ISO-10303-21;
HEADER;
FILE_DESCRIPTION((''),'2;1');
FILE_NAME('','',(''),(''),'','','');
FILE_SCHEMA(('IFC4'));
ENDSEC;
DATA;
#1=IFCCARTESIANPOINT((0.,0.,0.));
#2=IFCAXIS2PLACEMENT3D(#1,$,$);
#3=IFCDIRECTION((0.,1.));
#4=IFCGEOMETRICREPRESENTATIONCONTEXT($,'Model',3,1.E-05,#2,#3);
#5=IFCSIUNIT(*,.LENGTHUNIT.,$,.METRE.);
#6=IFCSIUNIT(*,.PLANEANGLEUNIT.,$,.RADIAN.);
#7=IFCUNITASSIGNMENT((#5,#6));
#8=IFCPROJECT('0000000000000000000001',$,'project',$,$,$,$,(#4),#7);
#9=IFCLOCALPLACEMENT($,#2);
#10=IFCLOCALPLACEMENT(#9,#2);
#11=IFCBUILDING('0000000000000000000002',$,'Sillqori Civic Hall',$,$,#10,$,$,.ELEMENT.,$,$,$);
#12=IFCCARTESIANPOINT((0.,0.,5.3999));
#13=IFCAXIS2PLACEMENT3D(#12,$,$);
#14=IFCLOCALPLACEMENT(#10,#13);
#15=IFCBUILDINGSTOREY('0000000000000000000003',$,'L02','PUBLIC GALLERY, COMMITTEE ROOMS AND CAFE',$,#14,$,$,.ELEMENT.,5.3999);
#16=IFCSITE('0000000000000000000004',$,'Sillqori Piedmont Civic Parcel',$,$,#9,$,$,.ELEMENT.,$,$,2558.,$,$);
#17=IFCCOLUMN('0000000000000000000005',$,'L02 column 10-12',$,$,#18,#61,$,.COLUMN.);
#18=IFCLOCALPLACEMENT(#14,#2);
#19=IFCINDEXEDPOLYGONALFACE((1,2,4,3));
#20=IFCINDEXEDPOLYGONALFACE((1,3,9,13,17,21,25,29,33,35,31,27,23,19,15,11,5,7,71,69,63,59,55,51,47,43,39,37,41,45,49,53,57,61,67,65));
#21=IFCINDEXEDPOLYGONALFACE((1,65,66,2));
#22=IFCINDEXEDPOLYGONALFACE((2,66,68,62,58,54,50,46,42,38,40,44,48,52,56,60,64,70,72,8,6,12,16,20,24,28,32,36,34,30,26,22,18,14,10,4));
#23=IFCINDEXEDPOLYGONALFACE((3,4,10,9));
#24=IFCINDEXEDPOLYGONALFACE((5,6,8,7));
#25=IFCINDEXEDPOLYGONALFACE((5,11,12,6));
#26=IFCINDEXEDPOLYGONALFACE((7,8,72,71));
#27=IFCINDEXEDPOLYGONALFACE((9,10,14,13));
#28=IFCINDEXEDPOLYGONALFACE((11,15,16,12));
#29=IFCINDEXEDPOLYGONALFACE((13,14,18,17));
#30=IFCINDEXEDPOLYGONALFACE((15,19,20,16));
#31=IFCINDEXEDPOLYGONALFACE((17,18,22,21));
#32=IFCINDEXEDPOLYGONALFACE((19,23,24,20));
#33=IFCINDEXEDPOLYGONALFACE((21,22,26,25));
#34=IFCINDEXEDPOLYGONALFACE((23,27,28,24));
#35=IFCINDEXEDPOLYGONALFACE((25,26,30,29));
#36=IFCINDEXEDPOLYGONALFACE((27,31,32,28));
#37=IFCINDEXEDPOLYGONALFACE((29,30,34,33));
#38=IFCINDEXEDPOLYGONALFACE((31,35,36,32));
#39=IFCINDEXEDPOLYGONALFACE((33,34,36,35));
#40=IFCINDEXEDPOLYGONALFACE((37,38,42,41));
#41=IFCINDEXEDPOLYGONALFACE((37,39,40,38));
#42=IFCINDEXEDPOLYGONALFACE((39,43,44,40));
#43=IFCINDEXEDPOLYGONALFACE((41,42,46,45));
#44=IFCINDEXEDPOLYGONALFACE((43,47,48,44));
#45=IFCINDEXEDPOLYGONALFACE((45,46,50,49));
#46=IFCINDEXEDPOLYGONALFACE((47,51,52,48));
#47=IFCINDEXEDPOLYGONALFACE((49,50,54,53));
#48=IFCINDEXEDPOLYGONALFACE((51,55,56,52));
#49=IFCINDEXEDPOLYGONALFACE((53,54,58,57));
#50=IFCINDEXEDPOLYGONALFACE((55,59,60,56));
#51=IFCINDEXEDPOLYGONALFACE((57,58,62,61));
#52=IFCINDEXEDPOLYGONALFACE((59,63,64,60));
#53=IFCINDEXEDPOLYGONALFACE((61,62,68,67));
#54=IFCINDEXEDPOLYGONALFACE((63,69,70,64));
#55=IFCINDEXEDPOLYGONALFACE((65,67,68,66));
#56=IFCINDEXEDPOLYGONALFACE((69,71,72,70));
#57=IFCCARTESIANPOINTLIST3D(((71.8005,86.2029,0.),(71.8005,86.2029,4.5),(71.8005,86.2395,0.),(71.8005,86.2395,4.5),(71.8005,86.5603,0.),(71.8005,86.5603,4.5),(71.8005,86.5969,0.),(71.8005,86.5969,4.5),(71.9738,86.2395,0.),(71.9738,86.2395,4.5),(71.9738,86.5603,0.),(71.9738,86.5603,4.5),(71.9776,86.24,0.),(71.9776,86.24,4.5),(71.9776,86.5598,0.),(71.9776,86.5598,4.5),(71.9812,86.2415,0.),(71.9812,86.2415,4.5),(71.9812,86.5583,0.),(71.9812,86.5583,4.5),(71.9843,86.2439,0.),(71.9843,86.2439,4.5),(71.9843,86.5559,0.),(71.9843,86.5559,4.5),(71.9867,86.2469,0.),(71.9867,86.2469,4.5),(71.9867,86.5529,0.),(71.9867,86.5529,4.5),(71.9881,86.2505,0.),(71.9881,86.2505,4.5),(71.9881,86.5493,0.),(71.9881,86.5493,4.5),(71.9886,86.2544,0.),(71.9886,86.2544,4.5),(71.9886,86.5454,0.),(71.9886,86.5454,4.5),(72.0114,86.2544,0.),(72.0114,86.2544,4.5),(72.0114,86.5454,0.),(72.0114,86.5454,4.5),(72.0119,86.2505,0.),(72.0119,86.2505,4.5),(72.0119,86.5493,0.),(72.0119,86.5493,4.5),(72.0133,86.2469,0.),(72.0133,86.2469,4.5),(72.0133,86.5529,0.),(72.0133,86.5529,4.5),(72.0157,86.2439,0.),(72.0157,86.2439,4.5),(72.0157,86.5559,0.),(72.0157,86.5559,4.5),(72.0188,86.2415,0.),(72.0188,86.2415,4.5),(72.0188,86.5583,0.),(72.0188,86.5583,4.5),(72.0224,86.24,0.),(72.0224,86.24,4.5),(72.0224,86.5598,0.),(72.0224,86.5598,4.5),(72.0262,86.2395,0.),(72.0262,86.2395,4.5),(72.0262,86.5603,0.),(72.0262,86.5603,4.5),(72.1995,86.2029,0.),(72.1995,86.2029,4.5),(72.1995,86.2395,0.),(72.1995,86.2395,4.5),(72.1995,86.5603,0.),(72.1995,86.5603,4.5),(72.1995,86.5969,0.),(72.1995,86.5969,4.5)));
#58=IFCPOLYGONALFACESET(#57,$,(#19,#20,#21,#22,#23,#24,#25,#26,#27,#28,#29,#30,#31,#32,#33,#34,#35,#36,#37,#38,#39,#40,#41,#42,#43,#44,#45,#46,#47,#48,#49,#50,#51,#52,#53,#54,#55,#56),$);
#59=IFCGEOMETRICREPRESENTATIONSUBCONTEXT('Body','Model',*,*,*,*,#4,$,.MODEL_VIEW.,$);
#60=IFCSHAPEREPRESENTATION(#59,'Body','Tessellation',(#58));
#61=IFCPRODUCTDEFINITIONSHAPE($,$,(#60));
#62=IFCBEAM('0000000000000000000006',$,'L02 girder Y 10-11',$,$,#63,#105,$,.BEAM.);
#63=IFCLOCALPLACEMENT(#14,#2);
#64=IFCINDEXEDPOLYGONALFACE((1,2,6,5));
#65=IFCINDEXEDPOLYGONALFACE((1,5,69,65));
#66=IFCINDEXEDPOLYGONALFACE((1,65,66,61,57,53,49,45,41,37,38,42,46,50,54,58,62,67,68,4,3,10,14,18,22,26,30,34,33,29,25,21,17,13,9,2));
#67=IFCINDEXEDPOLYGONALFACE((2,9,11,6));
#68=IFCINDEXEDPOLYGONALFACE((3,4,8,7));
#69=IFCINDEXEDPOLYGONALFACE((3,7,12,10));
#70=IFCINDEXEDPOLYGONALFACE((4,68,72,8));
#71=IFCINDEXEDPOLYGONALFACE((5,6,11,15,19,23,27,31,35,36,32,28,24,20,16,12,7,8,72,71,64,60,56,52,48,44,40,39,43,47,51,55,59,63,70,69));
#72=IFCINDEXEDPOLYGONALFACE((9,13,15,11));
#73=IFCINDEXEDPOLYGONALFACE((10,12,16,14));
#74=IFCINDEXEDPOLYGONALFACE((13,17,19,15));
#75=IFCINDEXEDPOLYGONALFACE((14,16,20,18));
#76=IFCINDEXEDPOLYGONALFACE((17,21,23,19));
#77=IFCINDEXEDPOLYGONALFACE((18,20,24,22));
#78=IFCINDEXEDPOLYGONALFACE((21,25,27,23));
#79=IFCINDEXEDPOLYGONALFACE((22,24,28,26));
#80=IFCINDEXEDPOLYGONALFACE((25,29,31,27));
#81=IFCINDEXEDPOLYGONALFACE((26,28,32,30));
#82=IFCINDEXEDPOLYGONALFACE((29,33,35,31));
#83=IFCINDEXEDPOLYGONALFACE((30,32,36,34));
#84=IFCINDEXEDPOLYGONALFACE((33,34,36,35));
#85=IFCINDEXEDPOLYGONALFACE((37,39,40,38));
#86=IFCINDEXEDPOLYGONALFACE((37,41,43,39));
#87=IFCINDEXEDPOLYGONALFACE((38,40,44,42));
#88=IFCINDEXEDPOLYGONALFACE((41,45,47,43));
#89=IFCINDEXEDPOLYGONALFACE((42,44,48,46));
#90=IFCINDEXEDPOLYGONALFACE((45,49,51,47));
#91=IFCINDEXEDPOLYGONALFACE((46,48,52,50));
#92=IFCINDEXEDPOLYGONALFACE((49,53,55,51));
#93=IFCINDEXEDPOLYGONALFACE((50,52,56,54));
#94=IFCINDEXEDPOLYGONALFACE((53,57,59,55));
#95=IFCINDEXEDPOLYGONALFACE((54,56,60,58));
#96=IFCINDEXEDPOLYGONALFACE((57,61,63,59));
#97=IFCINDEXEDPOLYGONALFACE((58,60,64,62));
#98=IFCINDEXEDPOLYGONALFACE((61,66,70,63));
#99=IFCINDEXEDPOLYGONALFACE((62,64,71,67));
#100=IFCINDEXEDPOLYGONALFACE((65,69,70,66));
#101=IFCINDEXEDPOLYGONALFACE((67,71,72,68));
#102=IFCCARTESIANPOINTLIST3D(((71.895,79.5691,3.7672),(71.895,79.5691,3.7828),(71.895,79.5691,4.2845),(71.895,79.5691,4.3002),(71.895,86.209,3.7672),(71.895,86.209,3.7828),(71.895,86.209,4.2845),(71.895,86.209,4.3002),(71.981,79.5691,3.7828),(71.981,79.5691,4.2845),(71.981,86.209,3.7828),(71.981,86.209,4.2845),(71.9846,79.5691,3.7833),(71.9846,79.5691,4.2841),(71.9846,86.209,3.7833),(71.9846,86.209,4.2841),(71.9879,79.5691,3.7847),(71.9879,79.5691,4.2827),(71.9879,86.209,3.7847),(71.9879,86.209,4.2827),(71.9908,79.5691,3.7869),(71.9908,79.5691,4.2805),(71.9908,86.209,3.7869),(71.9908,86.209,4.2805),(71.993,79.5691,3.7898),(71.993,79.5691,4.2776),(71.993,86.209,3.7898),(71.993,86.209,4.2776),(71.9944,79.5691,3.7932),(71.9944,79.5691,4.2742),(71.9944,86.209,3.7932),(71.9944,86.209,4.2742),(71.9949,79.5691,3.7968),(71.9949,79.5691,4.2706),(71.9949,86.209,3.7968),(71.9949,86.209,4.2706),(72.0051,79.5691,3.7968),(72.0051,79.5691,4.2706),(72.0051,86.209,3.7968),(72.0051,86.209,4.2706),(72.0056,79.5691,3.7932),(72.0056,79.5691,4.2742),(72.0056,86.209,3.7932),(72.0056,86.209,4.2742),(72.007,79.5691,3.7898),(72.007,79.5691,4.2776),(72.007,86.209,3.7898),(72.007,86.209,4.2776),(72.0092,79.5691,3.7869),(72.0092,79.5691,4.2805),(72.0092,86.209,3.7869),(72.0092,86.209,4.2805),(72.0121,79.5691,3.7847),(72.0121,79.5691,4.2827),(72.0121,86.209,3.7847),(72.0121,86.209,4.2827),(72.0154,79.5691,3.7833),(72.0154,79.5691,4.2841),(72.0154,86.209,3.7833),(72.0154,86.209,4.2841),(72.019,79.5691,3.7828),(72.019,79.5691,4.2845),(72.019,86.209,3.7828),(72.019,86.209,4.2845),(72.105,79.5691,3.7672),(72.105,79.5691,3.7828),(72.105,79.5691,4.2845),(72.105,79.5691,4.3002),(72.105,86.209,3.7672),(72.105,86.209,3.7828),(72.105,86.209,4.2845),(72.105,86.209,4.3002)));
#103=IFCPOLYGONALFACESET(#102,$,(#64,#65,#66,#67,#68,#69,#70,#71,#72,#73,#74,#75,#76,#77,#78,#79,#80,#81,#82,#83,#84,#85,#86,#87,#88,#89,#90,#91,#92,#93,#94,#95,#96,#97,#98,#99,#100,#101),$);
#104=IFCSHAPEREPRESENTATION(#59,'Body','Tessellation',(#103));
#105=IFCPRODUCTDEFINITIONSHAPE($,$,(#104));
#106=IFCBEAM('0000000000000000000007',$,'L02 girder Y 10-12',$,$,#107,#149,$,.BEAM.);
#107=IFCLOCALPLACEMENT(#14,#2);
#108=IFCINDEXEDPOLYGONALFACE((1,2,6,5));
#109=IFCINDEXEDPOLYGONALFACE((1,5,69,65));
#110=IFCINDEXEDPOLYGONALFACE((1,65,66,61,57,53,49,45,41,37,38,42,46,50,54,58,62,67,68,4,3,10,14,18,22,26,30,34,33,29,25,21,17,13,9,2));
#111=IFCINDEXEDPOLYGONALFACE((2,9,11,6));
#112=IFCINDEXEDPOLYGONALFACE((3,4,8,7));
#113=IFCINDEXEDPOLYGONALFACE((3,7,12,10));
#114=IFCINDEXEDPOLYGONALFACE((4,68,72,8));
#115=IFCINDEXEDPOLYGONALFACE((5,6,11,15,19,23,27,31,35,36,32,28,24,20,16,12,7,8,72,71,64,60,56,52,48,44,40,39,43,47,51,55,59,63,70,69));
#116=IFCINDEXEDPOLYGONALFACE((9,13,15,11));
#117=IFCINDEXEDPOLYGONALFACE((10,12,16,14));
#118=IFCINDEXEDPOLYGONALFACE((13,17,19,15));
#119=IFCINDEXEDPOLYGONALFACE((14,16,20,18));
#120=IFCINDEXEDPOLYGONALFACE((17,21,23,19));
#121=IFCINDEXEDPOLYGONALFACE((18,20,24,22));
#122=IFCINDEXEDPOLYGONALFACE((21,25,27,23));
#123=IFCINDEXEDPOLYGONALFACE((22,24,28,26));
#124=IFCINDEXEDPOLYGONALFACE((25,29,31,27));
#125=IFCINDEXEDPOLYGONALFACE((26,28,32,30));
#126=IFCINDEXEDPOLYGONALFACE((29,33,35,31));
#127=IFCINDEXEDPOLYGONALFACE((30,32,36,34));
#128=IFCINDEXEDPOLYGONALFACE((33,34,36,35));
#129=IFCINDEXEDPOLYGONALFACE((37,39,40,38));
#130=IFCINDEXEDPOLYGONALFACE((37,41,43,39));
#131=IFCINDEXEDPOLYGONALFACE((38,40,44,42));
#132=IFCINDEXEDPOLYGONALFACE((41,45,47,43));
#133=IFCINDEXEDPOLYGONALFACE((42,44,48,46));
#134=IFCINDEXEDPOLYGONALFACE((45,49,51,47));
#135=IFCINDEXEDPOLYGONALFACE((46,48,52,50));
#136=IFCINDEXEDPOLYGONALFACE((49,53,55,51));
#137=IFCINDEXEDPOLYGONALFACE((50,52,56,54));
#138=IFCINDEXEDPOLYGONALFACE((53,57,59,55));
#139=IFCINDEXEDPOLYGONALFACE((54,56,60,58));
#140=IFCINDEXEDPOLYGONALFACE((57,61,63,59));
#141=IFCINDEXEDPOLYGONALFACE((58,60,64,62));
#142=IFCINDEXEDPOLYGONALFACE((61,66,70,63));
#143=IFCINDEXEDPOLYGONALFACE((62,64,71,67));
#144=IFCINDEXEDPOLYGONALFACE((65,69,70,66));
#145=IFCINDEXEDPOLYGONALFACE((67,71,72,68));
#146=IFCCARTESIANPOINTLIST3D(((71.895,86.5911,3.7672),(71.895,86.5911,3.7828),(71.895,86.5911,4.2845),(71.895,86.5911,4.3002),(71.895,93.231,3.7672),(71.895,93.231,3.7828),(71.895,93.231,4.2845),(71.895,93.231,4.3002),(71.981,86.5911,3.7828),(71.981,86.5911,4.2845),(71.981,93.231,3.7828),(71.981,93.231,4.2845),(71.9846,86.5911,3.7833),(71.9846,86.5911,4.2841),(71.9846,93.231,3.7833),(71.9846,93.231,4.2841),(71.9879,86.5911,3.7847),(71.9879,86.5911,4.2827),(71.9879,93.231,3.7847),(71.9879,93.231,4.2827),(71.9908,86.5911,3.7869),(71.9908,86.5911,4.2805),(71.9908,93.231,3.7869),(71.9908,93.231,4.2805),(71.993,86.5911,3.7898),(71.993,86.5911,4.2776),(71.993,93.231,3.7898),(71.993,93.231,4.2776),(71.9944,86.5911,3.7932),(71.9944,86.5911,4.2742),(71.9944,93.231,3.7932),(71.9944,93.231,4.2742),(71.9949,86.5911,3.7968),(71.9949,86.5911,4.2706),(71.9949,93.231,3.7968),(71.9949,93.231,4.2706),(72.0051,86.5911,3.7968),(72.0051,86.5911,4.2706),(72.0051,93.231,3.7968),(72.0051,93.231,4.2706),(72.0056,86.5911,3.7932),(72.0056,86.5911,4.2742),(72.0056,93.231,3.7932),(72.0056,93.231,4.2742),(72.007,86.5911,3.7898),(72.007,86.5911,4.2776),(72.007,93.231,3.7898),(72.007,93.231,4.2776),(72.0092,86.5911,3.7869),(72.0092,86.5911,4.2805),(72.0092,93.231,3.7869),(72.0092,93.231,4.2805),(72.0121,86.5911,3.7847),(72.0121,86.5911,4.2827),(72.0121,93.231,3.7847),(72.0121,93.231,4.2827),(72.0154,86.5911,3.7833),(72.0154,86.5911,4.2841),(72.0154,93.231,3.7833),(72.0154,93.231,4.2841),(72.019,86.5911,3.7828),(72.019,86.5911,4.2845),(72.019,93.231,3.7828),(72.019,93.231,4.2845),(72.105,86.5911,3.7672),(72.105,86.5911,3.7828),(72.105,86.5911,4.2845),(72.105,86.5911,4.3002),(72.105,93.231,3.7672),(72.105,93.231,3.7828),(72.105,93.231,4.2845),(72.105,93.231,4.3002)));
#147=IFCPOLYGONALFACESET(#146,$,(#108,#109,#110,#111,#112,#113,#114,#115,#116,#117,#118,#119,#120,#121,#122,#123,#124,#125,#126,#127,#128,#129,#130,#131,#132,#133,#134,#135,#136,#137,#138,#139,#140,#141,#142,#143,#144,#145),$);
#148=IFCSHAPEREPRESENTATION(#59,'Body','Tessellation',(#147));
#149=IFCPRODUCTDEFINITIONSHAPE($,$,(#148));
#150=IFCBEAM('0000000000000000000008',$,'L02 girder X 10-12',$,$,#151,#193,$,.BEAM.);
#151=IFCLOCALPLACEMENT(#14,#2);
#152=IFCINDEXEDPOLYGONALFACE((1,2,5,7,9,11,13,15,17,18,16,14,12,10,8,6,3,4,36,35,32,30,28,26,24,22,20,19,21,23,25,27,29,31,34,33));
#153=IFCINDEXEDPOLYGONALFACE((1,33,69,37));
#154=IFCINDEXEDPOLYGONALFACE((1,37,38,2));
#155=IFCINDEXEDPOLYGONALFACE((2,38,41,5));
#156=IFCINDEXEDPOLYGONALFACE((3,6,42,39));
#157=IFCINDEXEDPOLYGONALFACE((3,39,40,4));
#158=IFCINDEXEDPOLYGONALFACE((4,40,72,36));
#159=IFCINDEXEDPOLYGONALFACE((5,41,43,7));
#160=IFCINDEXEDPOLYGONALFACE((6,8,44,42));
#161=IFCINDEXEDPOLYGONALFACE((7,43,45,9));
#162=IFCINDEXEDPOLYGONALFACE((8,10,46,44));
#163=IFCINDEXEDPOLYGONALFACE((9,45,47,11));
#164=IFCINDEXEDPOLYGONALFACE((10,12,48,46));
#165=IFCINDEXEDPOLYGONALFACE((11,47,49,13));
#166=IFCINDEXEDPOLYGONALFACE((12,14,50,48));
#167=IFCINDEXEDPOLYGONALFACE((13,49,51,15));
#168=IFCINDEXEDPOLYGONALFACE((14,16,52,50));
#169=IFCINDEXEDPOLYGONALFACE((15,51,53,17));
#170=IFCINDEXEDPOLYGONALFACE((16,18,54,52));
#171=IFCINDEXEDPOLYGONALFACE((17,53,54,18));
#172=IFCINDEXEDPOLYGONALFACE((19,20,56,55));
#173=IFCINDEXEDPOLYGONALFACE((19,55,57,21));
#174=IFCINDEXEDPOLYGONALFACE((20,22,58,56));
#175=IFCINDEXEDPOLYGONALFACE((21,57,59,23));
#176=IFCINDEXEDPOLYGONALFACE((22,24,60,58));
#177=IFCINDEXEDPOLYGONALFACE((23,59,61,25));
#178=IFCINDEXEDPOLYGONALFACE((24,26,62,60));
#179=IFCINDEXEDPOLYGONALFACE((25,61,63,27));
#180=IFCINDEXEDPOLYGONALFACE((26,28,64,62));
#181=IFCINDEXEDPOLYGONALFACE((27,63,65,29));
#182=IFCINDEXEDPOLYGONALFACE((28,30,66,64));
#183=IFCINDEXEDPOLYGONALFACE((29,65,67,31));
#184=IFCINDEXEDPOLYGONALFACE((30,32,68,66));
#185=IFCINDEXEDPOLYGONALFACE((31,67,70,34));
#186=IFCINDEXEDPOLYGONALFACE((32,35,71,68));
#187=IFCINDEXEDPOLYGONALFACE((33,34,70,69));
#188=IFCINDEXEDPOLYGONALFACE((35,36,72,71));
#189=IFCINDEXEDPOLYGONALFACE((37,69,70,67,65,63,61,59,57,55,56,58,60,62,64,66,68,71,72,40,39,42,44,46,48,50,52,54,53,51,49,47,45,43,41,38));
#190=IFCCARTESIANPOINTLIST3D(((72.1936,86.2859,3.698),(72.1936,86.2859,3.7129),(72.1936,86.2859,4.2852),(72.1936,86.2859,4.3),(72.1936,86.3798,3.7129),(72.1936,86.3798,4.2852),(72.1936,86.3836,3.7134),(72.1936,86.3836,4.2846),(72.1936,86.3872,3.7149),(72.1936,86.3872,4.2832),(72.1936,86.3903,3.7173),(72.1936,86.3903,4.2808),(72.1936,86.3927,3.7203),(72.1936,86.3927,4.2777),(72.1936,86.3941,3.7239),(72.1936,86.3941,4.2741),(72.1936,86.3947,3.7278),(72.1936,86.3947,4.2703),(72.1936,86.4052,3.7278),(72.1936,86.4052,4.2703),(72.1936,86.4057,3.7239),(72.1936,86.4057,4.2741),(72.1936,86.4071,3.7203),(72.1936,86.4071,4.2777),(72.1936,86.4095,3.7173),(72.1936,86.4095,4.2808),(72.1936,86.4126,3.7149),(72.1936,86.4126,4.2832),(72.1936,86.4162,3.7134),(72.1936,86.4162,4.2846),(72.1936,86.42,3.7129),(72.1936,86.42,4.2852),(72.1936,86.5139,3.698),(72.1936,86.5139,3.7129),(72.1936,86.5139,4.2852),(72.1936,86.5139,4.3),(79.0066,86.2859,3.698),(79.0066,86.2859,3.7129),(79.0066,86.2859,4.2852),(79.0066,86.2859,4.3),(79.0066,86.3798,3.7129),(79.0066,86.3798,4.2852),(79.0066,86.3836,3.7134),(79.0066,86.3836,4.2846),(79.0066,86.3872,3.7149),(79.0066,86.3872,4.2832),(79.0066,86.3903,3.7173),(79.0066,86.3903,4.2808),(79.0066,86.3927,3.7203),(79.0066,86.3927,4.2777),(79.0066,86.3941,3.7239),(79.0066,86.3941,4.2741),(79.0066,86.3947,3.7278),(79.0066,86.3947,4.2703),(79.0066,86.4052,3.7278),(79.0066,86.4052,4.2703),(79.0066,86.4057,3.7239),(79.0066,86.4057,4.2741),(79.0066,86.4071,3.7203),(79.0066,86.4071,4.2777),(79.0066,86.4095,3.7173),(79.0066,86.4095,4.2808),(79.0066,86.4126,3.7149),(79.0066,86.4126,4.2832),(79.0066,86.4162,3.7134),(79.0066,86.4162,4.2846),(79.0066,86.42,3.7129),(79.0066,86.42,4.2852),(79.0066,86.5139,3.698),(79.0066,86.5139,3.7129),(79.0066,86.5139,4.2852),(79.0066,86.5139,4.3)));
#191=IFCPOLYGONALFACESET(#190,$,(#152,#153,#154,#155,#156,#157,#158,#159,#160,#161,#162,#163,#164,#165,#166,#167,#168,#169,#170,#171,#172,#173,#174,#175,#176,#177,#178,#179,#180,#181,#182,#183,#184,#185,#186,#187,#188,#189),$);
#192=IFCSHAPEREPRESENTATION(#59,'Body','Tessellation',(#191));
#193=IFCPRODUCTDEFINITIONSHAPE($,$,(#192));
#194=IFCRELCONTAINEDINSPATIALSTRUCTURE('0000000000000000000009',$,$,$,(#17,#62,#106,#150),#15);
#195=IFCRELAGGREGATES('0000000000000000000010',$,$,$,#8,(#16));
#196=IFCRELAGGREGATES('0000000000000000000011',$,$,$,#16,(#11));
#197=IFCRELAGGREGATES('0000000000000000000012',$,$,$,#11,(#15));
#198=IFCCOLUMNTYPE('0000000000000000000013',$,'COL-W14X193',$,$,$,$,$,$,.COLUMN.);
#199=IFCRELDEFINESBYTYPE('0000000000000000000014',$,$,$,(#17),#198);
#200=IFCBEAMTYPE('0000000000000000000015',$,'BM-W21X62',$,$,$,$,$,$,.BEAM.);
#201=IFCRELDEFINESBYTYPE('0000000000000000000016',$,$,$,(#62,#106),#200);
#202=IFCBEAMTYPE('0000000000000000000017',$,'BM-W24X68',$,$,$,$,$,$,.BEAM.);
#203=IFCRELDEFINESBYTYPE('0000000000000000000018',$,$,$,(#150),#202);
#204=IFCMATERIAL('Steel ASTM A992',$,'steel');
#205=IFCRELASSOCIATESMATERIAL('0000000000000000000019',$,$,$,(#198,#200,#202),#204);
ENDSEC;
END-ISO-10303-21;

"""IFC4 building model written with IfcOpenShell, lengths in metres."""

from ifc_helpers import new_model, si_unit, direction, frame, origin, origin_2d, place, context, subcontext, project, spatial, i_section, extrude, material, material_profile, profile_set, type_object, element, save


model = new_model("IFC4")

# Units and contexts
model_context = context("Model", 3, precision=1e-05, world=origin(), true_north=direction((0.0, 1.0)))
body_context = subcontext(model_context, "Body", "Model", "MODEL_VIEW")
ifc_project = project(units=[si_unit("LENGTHUNIT", "METRE"), si_unit("PLANEANGLEUNIT", "RADIAN")], contexts=[model_context])

# Site, building, storey
site_placement = place(None, origin())
site = spatial("IfcSite", under=ifc_project, at=site_placement, Name="Sillqori Piedmont Civic Parcel", CompositionType="ELEMENT", RefElevation=2558.0)
building_placement = place(site_placement, origin())
building = spatial("IfcBuilding", under=site, at=building_placement, Name="Sillqori Civic Hall", CompositionType="ELEMENT")
storey_placement = place(building_placement, frame((0.0, 0.0, 5.3999)))
storey = spatial("IfcBuildingStorey", under=building, at=storey_placement, Name="L02", Description="PUBLIC GALLERY, COMMITTEE ROOMS AND CAFE", CompositionType="ELEMENT", Elevation=5.3999)

# Column
ifc_material_1 = material(Name="Steel ASTM A992", Category="steel")
ifc_material_profile_1 = material_profile(ifc_material_1, i_section(OverallWidth=0.3989, OverallDepth=0.394, WebThickness=0.0227, FlangeThickness=0.0366, FilletRadius=0.0149, at=origin_2d()), Name="W14X193")
ifc_profile_set_1 = profile_set([ifc_material_profile_1], Name="Steel ASTM A992")
column_type = type_object("IfcColumnType", Name="COL-W14X193", PredefinedType="COLUMN", material=ifc_profile_set_1)
column_placement = place(storey_placement, frame((72.0, 86.3999, 0.0), z_axis=(0.0, 0.0, 1.0), x_axis=(1.0, 0.0, 0.0)))
element("IfcColumn", 1, at=column_placement, inside=storey, type_object=column_type, Name="L02 column 10-12", PredefinedType="COLUMN", context=body_context, shape_type="SweptSolid", body=[
    extrude(i_section(OverallWidth=0.3989, OverallDepth=0.394, WebThickness=0.0227, FlangeThickness=0.0366, FilletRadius=0.0149, at=origin_2d()), origin(), (0.0, 0.0, 1.0), 4.5),
])

# Beams
ifc_material_profile_2 = material_profile(ifc_material_1, i_section(OverallWidth=0.21, OverallDepth=0.533, WebThickness=0.0103, FlangeThickness=0.0156, FilletRadius=0.0139, at=origin_2d()), Name="W21X62")
ifc_profile_set_2 = profile_set([ifc_material_profile_2], Name="Steel ASTM A992")
beam_type_1 = type_object("IfcBeamType", Name="BM-W21X62", PredefinedType="BEAM", material=ifc_profile_set_2)
for number, where, z_axis, x_axis, name in (
    (2, (72.0, 79.5691, 4.0337), (0.0, 1.0, 0.0), (-1.0, 0.0, 0.0), "L02 girder Y 10-11"),
    (3, (72.0, 86.5911, 4.0337), (0.0, 1.0, 0.0), (-1.0, 0.0, 0.0), "L02 girder Y 10-12"),
):
    element("IfcBeam", number, at=place(storey_placement, frame(where, z_axis=z_axis, x_axis=x_axis)), inside=storey, type_object=beam_type_1, Name=name, PredefinedType="BEAM", context=body_context, shape_type="SweptSolid", body=[
        extrude(i_section(OverallWidth=0.21, OverallDepth=0.533, WebThickness=0.0103, FlangeThickness=0.0156, FilletRadius=0.0139, at=origin_2d()), origin(), (0.0, 0.0, 1.0), 6.6399),
    ])
ifc_material_profile_3 = material_profile(ifc_material_1, i_section(OverallWidth=0.228, OverallDepth=0.6021, WebThickness=0.0105, FlangeThickness=0.0149, FilletRadius=0.0149, at=origin_2d()), Name="W24X68")
ifc_profile_set_3 = profile_set([ifc_material_profile_3], Name="Steel ASTM A992")
beam_type_2 = type_object("IfcBeamType", Name="BM-W24X68", PredefinedType="BEAM", material=ifc_profile_set_3)
beam_1_placement = place(storey_placement, frame((72.1936, 86.3999, 3.999), z_axis=(1.0, 0.0, 0.0), x_axis=(0.0, 1.0, 0.0)))
element("IfcBeam", 4, at=beam_1_placement, inside=storey, type_object=beam_type_2, Name="L02 girder X 10-12", PredefinedType="BEAM", context=body_context, shape_type="SweptSolid", body=[
    extrude(i_section(OverallWidth=0.228, OverallDepth=0.6021, WebThickness=0.0105, FlangeThickness=0.0149, FilletRadius=0.0149, at=origin_2d()), origin(), (0.0, 0.0, 1.0), 6.813),
])

save(model, "model.ifc")
